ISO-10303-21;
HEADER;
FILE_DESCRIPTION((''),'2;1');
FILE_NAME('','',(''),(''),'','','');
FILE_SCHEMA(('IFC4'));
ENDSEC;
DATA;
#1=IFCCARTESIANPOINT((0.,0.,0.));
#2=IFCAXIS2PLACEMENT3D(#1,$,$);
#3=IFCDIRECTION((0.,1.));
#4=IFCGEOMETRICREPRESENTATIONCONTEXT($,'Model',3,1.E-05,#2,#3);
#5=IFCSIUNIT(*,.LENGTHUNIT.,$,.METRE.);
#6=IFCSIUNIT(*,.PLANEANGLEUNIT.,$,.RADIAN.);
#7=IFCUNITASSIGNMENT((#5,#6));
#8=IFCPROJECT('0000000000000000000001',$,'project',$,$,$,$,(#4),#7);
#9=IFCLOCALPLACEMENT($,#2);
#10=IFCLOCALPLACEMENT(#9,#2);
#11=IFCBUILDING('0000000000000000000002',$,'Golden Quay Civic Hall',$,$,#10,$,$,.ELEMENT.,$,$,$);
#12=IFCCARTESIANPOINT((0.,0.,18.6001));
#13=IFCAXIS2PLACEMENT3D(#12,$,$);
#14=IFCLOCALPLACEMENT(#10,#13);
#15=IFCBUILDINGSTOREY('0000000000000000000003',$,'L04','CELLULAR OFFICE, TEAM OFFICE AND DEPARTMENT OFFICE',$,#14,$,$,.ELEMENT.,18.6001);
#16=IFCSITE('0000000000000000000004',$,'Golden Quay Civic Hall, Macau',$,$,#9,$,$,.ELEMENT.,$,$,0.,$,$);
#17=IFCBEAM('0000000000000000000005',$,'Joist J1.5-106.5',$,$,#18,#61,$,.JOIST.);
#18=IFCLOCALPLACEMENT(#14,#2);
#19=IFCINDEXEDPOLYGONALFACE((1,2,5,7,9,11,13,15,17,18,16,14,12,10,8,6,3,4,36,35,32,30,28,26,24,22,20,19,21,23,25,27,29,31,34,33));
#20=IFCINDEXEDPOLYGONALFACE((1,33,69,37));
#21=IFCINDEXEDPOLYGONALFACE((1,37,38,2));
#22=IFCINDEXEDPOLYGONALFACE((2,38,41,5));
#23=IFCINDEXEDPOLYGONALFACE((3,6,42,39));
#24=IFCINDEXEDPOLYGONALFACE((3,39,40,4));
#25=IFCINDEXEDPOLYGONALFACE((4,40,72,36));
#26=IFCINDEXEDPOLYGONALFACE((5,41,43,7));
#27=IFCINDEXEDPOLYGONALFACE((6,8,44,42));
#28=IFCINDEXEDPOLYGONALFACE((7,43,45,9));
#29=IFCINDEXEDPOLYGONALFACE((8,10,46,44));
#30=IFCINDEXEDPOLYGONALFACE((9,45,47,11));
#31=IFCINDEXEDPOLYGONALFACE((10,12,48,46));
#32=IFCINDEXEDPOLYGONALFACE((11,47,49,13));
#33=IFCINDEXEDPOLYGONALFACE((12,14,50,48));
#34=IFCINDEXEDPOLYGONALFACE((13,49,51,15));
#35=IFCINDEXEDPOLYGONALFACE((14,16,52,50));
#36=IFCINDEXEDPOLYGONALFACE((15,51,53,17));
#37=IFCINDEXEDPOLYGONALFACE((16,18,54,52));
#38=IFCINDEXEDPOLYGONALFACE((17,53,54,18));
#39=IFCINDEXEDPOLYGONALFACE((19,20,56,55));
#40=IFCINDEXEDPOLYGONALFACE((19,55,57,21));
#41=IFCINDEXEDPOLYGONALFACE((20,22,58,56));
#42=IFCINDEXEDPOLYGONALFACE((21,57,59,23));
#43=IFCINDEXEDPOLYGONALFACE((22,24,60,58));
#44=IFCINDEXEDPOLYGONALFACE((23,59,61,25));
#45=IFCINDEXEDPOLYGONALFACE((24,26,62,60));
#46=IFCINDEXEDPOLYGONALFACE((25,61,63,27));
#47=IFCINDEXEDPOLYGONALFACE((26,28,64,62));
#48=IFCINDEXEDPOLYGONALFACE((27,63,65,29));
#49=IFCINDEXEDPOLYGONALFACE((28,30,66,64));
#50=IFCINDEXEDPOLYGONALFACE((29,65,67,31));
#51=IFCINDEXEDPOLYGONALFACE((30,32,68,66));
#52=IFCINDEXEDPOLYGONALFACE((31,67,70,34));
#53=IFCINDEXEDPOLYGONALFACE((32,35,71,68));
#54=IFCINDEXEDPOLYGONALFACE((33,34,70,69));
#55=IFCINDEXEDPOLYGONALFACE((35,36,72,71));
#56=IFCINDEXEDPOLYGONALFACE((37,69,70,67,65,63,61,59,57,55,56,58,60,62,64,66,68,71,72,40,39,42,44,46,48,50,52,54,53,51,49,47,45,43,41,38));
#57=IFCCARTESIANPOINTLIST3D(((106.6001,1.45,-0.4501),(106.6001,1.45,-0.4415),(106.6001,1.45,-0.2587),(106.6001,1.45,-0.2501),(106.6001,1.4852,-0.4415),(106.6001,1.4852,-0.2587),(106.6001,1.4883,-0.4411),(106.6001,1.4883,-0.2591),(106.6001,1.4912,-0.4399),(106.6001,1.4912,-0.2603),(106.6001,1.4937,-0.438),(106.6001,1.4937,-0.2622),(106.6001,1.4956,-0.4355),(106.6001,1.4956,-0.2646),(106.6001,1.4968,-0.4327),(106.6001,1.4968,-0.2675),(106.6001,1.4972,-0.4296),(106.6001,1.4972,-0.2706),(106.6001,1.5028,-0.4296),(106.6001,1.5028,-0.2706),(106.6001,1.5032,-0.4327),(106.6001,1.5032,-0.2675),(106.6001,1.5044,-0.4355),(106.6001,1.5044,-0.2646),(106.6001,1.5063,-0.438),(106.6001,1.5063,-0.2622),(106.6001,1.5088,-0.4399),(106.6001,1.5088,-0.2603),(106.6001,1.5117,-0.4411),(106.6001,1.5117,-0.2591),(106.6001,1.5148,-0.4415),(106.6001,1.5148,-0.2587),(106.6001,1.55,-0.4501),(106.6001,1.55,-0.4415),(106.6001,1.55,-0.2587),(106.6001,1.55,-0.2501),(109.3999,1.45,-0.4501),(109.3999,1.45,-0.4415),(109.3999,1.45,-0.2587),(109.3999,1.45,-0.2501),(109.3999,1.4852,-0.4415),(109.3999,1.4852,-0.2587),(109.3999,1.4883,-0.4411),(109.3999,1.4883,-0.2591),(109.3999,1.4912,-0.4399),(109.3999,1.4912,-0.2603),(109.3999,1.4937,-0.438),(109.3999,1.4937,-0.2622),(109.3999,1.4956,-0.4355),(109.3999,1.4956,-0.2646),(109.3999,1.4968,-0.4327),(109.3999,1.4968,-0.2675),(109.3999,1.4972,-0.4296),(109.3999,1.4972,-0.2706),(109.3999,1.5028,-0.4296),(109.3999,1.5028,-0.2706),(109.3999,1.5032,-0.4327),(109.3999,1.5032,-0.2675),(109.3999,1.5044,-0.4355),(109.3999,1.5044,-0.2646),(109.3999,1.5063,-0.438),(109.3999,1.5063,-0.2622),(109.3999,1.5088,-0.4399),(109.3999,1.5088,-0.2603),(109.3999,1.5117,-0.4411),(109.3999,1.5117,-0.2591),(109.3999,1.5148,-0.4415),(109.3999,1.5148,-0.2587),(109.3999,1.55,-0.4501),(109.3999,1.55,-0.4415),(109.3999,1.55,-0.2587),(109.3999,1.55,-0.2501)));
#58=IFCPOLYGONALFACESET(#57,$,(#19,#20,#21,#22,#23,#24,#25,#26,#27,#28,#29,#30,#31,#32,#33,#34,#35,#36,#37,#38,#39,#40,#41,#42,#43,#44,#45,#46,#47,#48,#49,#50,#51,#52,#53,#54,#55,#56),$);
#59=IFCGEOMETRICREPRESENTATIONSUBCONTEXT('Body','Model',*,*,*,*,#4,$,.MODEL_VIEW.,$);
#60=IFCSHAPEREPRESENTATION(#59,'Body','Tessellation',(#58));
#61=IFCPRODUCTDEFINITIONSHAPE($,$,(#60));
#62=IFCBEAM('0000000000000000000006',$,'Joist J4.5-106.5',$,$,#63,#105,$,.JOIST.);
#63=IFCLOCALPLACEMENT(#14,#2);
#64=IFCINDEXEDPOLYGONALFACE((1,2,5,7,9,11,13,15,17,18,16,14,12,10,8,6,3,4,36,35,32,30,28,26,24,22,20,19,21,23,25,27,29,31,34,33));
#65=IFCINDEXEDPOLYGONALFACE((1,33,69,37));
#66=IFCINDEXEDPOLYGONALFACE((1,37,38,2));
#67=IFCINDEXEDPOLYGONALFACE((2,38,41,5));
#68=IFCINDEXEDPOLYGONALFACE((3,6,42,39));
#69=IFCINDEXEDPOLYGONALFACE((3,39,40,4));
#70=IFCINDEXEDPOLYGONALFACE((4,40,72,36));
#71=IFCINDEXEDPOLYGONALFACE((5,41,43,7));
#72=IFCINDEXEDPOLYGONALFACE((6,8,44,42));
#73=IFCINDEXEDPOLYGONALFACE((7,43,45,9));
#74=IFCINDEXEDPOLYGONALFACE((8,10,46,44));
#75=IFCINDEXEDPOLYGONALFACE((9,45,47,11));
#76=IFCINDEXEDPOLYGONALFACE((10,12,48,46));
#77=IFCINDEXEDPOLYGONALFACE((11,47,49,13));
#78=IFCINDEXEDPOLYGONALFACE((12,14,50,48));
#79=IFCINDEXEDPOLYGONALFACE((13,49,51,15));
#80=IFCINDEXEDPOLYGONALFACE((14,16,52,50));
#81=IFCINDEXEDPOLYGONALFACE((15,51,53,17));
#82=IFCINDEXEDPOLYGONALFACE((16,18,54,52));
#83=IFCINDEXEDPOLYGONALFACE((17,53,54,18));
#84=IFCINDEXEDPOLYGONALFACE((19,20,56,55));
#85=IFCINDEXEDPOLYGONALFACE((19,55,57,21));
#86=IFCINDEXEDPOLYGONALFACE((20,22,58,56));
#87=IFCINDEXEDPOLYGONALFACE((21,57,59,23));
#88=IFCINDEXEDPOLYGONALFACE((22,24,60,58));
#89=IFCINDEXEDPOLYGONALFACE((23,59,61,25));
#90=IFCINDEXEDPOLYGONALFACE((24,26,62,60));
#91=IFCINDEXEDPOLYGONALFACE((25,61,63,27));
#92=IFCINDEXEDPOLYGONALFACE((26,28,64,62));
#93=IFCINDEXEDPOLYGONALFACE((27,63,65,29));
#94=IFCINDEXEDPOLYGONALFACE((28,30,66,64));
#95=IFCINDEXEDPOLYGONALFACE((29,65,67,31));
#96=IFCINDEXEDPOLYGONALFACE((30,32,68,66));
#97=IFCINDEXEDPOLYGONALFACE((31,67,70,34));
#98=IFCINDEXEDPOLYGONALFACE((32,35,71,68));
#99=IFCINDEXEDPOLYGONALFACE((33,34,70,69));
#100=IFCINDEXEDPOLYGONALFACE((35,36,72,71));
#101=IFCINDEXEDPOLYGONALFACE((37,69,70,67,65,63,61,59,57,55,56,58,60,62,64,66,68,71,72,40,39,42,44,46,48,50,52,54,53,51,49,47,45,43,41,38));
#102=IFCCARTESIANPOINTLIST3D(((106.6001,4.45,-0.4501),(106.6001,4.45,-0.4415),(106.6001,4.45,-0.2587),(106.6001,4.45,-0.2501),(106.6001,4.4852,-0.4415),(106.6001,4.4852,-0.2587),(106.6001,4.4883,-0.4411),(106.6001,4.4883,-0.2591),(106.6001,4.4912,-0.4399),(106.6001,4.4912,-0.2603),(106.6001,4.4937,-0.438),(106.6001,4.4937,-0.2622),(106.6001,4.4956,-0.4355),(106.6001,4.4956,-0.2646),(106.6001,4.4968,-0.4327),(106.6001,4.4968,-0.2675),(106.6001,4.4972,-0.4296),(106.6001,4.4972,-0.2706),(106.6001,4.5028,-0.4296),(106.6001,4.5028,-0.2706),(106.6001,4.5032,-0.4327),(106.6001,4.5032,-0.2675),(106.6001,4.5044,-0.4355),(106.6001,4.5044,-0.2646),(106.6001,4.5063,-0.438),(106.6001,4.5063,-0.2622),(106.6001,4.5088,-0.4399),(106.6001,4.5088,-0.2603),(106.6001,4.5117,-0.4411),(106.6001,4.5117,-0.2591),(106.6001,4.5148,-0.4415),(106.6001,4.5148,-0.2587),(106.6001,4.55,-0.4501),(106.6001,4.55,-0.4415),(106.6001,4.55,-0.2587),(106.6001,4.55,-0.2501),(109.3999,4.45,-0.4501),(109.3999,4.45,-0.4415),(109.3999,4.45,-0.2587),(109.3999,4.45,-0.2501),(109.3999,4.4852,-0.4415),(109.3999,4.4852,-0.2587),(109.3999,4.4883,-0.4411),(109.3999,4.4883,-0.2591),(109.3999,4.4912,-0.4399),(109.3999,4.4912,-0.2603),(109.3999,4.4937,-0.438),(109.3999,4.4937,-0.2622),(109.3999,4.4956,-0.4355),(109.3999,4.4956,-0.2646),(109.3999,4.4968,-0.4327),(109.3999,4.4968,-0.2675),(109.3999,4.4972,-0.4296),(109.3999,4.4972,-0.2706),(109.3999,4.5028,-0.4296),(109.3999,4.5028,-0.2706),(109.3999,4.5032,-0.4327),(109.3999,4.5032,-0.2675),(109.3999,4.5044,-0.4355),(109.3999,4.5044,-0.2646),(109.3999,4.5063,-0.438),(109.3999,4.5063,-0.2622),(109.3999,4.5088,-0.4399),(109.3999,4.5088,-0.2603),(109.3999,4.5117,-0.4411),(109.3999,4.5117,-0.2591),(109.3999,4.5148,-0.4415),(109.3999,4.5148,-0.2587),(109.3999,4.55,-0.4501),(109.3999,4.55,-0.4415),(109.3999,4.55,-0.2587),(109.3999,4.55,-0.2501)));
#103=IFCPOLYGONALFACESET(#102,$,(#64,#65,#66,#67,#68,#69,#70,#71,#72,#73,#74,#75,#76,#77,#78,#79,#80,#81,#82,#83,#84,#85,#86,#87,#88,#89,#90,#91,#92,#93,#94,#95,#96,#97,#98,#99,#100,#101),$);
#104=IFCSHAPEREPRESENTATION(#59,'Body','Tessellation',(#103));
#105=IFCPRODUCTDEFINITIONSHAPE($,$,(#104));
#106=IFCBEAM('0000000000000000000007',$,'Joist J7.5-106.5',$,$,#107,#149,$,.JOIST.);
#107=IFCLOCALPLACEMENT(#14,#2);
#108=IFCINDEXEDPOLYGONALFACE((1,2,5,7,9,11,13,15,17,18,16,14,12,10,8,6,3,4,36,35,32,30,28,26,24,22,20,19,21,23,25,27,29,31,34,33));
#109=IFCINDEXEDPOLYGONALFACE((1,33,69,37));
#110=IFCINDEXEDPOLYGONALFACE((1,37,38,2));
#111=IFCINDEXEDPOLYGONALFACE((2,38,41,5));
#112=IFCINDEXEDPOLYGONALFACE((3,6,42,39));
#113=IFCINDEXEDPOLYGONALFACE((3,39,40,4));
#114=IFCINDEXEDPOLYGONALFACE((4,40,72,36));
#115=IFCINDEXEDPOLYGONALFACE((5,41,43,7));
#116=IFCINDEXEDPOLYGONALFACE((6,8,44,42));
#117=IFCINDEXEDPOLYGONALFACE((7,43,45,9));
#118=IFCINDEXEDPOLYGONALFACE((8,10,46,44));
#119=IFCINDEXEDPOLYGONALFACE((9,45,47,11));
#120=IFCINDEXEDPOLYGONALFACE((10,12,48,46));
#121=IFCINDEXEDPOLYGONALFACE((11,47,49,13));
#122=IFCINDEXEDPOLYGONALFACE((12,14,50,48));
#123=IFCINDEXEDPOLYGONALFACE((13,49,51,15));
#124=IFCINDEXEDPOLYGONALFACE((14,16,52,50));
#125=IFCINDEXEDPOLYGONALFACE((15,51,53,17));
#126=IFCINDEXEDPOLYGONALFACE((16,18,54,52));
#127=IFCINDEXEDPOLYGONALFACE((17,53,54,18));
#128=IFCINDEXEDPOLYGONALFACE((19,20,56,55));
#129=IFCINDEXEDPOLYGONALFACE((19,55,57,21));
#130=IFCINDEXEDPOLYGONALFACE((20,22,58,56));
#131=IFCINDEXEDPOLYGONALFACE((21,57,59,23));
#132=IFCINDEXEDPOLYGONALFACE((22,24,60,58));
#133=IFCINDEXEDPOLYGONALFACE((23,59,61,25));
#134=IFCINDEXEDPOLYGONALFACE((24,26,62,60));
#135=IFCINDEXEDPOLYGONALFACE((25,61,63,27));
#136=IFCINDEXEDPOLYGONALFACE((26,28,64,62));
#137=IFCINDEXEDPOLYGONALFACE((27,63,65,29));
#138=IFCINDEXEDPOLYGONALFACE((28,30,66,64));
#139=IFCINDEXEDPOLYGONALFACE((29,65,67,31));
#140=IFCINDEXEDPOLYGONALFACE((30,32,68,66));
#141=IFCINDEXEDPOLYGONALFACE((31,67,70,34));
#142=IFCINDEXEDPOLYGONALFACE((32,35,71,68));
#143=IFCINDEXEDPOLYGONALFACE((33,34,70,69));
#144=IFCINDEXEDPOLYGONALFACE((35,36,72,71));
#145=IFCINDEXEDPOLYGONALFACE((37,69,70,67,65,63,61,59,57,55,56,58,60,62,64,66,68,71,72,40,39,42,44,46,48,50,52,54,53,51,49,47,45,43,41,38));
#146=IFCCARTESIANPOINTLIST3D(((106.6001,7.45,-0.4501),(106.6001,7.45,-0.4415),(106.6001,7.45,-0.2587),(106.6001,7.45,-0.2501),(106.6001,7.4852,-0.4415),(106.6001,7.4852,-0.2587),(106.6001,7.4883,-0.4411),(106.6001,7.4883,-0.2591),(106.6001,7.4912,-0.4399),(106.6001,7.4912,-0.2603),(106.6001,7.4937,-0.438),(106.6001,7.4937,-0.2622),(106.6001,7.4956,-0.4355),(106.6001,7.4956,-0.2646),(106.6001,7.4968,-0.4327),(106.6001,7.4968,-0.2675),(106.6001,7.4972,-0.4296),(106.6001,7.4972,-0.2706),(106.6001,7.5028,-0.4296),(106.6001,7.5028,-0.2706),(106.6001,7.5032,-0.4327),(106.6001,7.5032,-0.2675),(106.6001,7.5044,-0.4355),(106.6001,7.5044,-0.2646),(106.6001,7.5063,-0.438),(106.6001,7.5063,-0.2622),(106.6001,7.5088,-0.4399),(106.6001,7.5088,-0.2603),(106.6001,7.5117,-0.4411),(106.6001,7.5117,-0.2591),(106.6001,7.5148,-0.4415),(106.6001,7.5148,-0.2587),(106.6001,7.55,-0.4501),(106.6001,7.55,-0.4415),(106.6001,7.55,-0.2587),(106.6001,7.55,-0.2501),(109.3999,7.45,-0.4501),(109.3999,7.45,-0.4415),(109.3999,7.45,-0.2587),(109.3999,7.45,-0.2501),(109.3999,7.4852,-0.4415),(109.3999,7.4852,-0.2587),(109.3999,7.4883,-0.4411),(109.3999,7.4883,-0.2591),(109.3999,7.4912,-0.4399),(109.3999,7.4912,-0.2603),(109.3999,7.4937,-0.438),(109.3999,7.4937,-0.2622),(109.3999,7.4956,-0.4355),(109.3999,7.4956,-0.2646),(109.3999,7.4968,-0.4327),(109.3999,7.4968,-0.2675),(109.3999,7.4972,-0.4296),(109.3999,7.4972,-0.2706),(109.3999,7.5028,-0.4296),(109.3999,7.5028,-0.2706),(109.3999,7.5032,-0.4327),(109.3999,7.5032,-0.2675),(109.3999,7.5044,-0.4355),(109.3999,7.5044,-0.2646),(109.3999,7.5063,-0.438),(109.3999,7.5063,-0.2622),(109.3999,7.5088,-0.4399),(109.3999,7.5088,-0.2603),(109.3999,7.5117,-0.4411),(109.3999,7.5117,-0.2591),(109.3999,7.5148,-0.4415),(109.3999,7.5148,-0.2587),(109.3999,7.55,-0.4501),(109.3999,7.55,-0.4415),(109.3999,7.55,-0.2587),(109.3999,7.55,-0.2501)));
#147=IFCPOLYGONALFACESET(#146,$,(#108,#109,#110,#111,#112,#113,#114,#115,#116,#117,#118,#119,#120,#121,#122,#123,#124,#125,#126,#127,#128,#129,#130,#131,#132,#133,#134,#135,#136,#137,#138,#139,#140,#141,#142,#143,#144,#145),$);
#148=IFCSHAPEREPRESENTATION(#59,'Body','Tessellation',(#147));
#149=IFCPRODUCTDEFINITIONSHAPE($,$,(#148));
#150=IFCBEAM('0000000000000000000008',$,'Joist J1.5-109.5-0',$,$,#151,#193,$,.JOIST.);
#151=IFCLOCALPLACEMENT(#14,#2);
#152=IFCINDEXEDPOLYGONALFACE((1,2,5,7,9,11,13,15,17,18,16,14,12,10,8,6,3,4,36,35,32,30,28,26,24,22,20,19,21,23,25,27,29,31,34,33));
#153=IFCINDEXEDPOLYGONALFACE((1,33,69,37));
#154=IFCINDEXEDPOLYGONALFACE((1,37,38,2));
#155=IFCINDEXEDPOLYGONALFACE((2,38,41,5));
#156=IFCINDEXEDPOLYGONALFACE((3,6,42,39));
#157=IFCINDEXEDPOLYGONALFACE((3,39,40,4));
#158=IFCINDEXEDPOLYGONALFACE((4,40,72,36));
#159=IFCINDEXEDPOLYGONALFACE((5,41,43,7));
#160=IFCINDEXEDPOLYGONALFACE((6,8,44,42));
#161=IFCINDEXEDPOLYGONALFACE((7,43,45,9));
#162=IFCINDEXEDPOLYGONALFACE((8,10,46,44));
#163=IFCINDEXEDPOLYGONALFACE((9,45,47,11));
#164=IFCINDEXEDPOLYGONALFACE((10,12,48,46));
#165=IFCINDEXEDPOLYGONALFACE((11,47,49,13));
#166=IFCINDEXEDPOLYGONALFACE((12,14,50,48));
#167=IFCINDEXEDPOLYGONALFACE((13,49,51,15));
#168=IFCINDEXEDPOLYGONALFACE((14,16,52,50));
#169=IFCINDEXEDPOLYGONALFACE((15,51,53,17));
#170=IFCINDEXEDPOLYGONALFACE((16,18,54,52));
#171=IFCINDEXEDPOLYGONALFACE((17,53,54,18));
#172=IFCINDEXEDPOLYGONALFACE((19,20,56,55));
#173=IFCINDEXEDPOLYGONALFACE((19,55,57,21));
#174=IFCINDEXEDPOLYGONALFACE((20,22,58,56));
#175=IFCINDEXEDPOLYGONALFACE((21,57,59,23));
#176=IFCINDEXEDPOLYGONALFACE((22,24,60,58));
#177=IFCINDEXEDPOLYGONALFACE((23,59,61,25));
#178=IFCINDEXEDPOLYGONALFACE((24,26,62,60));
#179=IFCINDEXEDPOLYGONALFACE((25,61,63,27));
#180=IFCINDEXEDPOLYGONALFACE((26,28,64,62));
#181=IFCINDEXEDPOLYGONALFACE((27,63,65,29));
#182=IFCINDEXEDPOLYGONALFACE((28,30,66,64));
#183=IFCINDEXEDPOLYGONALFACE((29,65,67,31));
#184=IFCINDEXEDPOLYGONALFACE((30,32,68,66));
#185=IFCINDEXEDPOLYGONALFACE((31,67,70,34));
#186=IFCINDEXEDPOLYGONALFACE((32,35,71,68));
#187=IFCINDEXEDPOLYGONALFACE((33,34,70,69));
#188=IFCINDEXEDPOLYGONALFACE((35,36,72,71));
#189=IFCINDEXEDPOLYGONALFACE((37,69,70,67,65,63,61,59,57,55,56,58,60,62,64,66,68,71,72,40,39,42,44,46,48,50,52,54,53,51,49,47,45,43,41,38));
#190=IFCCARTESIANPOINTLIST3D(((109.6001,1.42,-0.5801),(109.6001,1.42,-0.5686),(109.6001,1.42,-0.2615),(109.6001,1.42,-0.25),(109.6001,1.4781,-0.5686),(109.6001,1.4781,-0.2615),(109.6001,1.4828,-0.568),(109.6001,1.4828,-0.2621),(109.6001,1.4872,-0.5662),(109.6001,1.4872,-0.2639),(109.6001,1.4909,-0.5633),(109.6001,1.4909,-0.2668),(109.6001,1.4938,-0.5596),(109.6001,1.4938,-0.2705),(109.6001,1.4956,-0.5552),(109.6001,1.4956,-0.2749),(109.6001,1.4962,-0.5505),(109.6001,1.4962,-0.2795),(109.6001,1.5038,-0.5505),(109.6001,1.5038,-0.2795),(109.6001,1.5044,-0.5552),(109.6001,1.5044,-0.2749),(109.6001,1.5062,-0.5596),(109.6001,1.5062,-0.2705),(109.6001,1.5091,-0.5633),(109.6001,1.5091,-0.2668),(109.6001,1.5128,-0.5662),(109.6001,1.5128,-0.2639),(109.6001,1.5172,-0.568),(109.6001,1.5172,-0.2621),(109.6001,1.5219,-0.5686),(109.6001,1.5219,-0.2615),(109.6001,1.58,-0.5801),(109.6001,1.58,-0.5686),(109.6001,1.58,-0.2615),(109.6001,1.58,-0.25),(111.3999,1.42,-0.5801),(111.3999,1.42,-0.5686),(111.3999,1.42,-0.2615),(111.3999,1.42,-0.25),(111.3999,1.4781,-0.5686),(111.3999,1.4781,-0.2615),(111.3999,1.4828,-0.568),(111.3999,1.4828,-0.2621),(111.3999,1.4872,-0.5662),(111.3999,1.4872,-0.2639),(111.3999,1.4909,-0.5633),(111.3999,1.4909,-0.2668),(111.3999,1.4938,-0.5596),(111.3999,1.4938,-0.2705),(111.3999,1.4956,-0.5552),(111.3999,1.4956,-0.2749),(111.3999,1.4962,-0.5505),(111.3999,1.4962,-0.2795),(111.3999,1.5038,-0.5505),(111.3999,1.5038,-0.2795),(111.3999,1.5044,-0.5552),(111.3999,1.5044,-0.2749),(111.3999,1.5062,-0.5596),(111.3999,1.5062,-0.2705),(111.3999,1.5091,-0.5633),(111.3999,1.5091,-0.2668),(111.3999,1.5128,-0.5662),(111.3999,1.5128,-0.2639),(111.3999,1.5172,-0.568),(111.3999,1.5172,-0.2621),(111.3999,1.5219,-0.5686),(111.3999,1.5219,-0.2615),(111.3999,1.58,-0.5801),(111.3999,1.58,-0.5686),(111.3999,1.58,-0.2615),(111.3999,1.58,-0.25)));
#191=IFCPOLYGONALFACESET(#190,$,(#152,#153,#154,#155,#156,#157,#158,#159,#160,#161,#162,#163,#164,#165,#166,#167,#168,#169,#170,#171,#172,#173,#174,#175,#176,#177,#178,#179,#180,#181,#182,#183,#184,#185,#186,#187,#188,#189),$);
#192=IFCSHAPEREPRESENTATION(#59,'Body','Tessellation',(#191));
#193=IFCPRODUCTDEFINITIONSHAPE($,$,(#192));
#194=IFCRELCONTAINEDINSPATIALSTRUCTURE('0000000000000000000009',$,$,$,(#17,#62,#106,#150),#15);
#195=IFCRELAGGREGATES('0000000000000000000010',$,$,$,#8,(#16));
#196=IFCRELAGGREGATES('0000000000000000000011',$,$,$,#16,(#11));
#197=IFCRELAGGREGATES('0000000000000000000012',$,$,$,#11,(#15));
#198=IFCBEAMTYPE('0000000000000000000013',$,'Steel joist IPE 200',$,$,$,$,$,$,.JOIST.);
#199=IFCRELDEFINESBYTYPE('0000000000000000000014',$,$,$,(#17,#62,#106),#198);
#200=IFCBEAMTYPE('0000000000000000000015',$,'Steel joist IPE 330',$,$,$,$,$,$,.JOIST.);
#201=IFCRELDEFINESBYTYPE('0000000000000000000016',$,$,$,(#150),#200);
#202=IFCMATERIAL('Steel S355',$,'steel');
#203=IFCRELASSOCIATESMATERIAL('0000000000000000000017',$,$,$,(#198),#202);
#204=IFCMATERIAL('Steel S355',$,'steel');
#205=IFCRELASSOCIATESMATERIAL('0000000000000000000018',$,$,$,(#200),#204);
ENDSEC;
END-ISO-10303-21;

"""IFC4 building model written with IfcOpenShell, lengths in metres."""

from ifc_helpers import new_model, si_unit, direction, frame, origin, origin_2d, place, context, subcontext, project, spatial, i_section, extrude, material, material_profile, profile_set, type_object, element, save


model = new_model("IFC4")

# Units and contexts
model_context = context("Model", 3, precision=1e-05, world=origin(), true_north=direction((0.0, 1.0)))
body_context = subcontext(model_context, "Body", "Model", "MODEL_VIEW")
ifc_project = project(units=[si_unit("LENGTHUNIT", "METRE"), si_unit("PLANEANGLEUNIT", "RADIAN")], contexts=[model_context])

# Site, building, storey
site_placement = place(None, origin())
site = spatial("IfcSite", under=ifc_project, at=site_placement, Name="Golden Quay Civic Hall, Macau", CompositionType="ELEMENT", RefElevation=0.0)
building_placement = place(site_placement, origin())
building = spatial("IfcBuilding", under=site, at=building_placement, Name="Golden Quay Civic Hall", CompositionType="ELEMENT")
storey_placement = place(building_placement, frame((0.0, 0.0, 18.6001)))
storey = spatial("IfcBuildingStorey", under=building, at=storey_placement, Name="L04", Description="CELLULAR OFFICE, TEAM OFFICE AND DEPARTMENT OFFICE", CompositionType="ELEMENT", Elevation=18.6001)

# Beams
ifc_material_1 = material(Name="Steel S355", Category="steel")
ifc_material_profile_1 = material_profile(ifc_material_1, i_section(OverallWidth=0.1001, OverallDepth=0.2, WebThickness=0.0056, FlangeThickness=0.0085, FilletRadius=0.012, at=origin_2d()), Name="IPE 200")
ifc_profile_set_1 = profile_set([ifc_material_profile_1], Name="Steel S355")
beam_type_1 = type_object("IfcBeamType", Name="Steel joist IPE 200", PredefinedType="JOIST", material=ifc_profile_set_1)
for number, where, z_axis, x_axis, name in (
    (1, (106.6001, 1.5, -0.3501), (1.0, 0.0, 0.0), (0.0, 1.0, 0.0), "Joist J1.5-106.5"),
    (2, (106.6001, 4.5, -0.3501), (1.0, 0.0, 0.0), (0.0, 1.0, 0.0), "Joist J4.5-106.5"),
    (3, (106.6001, 7.5, -0.3501), (1.0, 0.0, 0.0), (0.0, 1.0, 0.0), "Joist J7.5-106.5"),
):
    element("IfcBeam", number, at=place(storey_placement, frame(where, z_axis=z_axis, x_axis=x_axis)), inside=storey, type_object=beam_type_1, Name=name, PredefinedType="JOIST", context=body_context, shape_type="SweptSolid", body=[
        extrude(i_section(OverallWidth=0.1001, OverallDepth=0.2, WebThickness=0.0056, FlangeThickness=0.0085, FilletRadius=0.012, at=origin_2d()), origin(), (0.0, 0.0, 1.0), 2.7998),
    ])
ifc_material_2 = material(Name="Steel S355", Category="steel")
ifc_material_profile_2 = material_profile(ifc_material_2, i_section(OverallWidth=0.1599, OverallDepth=0.3301, WebThickness=0.0076, FlangeThickness=0.0115, FilletRadius=0.0181, at=origin_2d()), Name="IPE 330")
ifc_profile_set_2 = profile_set([ifc_material_profile_2], Name="Steel S355")
beam_type_2 = type_object("IfcBeamType", Name="Steel joist IPE 330", PredefinedType="JOIST", material=ifc_profile_set_2)
for number, where, z_axis, x_axis, name in (
    (4, (109.6001, 1.5, -0.415), (1.0, 0.0, 0.0), (0.0, 1.0, 0.0), "Joist J1.5-109.5-0"),
):
    element("IfcBeam", number, at=place(storey_placement, frame(where, z_axis=z_axis, x_axis=x_axis)), inside=storey, type_object=beam_type_2, Name=name, PredefinedType="JOIST", context=body_context, shape_type="SweptSolid", body=[
        extrude(i_section(OverallWidth=0.1599, OverallDepth=0.3301, WebThickness=0.0076, FlangeThickness=0.0115, FilletRadius=0.0181, at=origin_2d()), origin(), (0.0, 0.0, 1.0), 1.7998),
    ])

save(model, "model.ifc")
